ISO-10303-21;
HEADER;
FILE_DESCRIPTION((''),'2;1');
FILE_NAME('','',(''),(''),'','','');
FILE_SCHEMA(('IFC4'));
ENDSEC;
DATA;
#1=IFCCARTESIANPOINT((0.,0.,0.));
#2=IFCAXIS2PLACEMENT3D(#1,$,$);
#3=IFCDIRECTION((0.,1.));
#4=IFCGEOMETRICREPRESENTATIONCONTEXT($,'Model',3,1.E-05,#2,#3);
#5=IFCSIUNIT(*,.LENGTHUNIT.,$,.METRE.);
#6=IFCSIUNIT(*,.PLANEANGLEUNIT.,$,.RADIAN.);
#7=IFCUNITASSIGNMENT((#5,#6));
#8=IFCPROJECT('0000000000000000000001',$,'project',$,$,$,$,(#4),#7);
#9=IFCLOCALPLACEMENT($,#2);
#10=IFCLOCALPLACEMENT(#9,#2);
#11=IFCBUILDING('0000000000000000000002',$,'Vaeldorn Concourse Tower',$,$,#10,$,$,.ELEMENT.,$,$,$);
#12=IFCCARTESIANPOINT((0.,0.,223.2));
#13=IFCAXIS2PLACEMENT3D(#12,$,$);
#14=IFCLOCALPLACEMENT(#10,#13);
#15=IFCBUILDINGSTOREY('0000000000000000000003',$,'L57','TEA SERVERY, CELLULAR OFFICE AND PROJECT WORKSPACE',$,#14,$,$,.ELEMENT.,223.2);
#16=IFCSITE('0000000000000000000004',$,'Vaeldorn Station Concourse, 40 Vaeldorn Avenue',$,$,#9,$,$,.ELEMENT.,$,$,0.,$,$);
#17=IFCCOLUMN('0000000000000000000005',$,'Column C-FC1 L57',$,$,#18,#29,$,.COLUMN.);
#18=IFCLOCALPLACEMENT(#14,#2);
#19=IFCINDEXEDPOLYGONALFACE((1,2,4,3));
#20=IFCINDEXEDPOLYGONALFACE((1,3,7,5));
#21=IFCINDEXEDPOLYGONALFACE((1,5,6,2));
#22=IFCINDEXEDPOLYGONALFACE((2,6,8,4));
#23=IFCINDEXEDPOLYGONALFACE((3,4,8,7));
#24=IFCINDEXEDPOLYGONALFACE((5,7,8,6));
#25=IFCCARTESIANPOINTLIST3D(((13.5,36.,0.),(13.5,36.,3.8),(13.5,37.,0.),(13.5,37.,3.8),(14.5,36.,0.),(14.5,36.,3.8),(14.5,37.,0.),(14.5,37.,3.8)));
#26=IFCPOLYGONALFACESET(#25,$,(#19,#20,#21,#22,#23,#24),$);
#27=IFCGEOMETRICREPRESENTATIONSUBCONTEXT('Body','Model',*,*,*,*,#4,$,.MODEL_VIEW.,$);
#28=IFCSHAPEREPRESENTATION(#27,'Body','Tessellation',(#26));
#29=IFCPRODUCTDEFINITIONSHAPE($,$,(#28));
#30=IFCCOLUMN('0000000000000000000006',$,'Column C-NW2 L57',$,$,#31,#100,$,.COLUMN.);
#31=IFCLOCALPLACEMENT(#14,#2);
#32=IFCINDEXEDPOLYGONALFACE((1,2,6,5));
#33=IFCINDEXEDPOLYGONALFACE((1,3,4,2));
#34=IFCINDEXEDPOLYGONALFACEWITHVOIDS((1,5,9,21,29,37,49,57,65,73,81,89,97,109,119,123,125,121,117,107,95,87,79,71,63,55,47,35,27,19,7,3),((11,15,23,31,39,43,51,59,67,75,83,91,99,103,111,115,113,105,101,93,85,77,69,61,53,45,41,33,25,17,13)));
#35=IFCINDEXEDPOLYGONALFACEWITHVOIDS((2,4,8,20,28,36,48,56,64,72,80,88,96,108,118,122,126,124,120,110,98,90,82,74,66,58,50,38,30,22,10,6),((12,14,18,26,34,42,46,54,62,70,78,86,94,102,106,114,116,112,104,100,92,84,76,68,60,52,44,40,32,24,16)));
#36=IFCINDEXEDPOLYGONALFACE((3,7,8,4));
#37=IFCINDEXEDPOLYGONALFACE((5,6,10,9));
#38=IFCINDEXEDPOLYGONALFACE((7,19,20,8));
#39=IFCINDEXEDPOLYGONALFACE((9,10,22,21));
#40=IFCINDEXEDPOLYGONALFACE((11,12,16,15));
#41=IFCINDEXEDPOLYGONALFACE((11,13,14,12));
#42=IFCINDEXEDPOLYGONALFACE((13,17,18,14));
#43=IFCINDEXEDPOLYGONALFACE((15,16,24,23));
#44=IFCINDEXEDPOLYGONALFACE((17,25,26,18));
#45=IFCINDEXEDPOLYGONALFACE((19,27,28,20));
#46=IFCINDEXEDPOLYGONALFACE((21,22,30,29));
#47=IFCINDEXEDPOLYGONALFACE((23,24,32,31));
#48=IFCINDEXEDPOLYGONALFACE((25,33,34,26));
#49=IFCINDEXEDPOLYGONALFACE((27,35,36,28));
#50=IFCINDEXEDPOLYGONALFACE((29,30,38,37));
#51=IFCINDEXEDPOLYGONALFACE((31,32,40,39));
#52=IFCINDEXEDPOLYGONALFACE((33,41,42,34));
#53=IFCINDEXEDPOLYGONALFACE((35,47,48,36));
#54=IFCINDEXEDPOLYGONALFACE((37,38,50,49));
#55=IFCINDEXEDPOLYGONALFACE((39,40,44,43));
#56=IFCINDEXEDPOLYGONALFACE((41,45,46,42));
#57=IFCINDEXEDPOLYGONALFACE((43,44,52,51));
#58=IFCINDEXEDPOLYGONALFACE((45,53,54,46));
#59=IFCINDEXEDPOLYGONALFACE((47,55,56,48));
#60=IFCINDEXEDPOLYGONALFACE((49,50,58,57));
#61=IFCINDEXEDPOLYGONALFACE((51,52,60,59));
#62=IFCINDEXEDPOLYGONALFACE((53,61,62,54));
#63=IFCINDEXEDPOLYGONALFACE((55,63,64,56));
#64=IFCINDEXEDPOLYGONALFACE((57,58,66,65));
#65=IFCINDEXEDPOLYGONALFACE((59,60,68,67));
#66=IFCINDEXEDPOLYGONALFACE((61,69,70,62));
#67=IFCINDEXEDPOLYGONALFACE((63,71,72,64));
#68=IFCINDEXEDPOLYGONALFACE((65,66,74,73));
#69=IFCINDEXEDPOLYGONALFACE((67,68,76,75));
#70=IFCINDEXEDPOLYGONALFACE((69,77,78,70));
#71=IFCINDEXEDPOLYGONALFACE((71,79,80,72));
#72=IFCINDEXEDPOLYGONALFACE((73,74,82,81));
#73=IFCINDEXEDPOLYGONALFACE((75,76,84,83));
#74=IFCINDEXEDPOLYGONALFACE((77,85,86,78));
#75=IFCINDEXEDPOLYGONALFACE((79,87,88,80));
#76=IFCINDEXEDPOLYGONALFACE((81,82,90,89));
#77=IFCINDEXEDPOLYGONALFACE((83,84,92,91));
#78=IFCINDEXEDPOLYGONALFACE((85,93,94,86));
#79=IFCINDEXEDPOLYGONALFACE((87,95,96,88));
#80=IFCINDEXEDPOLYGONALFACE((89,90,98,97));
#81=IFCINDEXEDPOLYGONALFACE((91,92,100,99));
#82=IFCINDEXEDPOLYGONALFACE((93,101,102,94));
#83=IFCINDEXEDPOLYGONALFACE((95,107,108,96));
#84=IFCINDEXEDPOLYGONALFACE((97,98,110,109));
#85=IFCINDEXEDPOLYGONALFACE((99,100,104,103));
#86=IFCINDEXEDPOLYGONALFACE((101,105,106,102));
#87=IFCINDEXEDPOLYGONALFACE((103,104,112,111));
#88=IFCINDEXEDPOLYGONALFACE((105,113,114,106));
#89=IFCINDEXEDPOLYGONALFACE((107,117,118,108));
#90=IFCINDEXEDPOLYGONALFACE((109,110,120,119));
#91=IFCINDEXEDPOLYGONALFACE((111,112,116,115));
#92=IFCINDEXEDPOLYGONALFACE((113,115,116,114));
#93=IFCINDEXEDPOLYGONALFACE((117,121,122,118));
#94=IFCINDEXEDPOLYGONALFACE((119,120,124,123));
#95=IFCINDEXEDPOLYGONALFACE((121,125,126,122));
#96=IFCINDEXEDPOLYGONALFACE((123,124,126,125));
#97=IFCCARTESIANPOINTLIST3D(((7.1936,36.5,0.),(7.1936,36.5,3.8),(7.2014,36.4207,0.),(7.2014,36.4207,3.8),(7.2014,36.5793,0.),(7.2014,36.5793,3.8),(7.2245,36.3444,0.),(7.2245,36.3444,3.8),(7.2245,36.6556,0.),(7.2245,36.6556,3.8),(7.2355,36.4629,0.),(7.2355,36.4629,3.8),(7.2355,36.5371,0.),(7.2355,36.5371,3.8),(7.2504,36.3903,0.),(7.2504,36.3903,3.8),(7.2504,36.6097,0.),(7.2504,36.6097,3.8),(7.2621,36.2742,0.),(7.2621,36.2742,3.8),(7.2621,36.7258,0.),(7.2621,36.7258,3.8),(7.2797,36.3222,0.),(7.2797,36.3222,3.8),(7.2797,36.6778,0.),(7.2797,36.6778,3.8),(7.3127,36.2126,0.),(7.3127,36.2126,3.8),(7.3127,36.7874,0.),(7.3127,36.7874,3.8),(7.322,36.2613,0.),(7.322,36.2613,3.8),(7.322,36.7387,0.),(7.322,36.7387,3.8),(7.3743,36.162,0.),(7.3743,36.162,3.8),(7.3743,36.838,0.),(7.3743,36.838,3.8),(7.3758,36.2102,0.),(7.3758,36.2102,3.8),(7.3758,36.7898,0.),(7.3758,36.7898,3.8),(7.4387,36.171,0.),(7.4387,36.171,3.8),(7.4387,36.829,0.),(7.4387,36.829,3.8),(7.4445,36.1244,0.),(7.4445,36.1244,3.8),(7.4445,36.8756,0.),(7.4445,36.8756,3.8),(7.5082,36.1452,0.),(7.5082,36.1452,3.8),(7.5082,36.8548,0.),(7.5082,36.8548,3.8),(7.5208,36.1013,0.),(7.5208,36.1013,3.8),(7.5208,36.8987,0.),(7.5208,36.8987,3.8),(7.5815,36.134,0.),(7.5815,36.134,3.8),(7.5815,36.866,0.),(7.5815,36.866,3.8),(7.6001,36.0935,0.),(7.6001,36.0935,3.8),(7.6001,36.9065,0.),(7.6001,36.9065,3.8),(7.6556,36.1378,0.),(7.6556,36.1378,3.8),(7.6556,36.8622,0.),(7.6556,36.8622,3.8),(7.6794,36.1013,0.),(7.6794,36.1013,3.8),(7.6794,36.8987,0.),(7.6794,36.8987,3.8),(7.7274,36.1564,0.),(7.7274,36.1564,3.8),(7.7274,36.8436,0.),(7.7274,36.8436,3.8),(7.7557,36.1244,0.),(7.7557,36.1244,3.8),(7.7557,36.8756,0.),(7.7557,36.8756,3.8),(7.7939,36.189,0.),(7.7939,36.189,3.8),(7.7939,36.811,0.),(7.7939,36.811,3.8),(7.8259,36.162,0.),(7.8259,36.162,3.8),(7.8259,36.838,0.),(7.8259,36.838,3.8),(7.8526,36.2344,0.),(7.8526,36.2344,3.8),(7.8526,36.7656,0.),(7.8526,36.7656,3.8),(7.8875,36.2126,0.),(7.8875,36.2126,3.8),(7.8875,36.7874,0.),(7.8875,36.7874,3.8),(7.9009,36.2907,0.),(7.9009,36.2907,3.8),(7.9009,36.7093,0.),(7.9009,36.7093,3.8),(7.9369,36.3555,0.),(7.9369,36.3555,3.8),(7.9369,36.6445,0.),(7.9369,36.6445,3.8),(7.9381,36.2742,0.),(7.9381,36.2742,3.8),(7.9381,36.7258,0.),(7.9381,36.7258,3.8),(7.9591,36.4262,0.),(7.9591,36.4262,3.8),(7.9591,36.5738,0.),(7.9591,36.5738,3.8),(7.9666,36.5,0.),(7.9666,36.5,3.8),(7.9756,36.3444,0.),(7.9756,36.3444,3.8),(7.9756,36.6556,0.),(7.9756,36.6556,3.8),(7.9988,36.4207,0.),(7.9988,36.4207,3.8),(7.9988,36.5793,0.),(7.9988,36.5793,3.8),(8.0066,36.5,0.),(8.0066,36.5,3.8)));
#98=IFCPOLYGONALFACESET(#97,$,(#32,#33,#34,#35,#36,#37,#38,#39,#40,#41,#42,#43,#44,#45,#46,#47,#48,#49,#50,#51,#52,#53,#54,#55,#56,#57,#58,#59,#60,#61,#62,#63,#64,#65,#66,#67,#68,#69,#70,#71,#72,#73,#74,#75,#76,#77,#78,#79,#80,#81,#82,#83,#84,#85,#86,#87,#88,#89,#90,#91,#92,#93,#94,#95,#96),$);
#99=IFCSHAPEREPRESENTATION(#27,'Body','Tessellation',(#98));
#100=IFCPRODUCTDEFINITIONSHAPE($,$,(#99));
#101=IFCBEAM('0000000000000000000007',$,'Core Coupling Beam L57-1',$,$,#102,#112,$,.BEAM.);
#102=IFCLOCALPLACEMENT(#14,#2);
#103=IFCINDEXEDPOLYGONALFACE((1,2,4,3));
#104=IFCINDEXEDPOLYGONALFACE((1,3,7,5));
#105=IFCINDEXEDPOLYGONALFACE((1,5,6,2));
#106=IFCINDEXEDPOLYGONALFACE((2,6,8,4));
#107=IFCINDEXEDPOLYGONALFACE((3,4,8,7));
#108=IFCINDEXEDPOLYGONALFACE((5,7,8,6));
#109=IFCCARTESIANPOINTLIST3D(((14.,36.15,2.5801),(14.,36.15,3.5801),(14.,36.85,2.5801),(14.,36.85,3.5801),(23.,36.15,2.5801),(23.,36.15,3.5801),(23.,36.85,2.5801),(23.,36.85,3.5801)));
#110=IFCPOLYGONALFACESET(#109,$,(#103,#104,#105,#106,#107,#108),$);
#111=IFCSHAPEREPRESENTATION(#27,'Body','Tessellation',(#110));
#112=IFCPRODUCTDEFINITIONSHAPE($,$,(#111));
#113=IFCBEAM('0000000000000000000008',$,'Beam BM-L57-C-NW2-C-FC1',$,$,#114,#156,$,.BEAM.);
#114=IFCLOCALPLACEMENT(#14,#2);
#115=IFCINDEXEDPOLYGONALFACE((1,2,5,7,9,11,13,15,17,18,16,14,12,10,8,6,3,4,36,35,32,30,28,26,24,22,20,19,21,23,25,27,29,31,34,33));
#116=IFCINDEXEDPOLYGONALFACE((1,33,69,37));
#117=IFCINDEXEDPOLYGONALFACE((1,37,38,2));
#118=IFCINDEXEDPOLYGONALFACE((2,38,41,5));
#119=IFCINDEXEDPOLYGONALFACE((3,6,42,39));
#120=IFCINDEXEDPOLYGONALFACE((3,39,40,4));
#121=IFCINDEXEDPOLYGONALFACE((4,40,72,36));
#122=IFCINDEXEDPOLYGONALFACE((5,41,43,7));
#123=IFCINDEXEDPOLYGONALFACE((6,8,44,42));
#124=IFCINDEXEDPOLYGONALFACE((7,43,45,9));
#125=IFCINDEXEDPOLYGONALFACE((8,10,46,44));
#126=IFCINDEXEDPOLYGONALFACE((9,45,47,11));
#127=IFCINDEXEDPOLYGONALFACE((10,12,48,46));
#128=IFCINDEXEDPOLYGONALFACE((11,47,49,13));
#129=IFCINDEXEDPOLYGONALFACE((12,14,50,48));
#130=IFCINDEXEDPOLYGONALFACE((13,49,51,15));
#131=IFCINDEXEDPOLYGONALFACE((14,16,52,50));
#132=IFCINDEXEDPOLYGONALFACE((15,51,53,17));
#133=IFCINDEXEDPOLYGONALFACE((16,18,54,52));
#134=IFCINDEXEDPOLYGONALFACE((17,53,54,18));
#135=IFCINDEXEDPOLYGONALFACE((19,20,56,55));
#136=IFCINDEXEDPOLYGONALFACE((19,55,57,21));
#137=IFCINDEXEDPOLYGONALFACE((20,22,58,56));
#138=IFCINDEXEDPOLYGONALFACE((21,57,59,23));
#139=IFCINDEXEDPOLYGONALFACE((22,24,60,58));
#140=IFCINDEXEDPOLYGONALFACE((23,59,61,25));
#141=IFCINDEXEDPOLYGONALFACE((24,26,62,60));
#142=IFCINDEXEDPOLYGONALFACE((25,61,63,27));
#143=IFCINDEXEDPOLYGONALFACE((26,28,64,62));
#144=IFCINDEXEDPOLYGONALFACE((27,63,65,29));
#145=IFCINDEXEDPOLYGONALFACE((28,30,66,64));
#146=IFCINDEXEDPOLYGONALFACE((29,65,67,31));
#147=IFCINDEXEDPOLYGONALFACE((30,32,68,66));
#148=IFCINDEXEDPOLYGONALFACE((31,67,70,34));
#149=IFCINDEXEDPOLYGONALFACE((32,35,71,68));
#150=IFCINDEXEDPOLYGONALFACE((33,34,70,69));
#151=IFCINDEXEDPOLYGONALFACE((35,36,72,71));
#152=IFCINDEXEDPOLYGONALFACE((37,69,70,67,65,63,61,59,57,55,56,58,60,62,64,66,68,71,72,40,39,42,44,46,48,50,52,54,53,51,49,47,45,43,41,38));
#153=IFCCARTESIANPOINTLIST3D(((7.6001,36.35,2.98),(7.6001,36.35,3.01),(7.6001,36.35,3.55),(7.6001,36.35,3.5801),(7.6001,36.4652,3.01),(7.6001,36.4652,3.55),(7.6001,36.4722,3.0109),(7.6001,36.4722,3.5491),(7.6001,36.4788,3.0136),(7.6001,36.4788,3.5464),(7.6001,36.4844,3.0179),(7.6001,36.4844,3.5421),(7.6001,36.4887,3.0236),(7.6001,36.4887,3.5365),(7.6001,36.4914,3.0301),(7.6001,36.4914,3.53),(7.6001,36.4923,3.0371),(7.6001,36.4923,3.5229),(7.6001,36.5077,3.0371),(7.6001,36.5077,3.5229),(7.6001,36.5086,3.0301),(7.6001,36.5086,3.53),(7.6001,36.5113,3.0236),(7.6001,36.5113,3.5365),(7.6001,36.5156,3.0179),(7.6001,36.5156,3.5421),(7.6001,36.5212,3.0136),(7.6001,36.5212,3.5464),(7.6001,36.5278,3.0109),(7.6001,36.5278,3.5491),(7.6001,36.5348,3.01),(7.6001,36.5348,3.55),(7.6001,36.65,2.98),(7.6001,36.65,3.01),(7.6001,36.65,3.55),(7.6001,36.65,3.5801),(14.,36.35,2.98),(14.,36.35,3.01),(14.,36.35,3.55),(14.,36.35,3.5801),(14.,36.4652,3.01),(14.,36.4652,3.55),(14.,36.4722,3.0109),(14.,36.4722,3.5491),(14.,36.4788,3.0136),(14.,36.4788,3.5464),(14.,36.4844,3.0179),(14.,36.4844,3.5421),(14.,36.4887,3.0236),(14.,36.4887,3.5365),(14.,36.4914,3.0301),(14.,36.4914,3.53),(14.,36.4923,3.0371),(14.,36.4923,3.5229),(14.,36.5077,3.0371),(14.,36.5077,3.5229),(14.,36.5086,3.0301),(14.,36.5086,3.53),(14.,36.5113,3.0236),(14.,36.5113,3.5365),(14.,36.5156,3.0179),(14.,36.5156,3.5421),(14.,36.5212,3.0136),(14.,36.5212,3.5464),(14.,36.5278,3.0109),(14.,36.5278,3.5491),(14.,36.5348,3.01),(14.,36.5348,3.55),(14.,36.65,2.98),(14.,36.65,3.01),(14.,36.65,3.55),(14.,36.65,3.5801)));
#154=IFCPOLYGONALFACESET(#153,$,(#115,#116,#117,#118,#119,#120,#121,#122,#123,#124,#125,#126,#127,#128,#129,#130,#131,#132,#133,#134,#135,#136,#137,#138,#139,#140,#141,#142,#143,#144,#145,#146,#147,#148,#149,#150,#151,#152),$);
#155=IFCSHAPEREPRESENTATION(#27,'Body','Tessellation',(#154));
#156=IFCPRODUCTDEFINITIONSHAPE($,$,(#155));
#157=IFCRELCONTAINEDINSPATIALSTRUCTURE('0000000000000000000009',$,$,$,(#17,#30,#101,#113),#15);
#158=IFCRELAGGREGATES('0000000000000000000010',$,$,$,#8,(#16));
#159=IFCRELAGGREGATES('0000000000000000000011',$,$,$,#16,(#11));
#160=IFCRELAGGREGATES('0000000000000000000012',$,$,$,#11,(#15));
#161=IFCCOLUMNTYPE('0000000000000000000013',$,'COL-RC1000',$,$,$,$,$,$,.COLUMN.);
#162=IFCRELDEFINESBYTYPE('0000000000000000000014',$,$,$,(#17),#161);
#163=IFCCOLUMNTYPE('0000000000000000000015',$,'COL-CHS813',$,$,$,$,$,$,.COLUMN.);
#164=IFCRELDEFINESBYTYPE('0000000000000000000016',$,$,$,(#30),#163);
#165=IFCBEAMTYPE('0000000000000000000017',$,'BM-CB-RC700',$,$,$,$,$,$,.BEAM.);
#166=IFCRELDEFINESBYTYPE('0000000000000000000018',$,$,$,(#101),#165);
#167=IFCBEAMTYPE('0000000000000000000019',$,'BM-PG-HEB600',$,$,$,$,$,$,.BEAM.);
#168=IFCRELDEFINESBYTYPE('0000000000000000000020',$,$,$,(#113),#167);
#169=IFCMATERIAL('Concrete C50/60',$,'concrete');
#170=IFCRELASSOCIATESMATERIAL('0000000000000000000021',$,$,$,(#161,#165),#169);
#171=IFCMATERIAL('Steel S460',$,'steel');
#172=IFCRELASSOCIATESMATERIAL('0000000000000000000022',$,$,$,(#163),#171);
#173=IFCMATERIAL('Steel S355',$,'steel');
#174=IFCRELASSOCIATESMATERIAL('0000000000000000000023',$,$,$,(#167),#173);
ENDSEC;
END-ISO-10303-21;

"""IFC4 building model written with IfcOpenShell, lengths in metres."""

from ifc_helpers import new_model, si_unit, direction, frame, origin, origin_2d, place, context, subcontext, project, spatial, rectangle, hollow_circle, i_section, extrude, source, transform, mapped, material, material_profile, profile_set, type_object, element, save


model = new_model("IFC4")

# Units and contexts
model_context = context("Model", 3, precision=1e-05, world=origin(), true_north=direction((0.0, 1.0)))
body_context = subcontext(model_context, "Body", "Model", "MODEL_VIEW")
ifc_project = project(units=[si_unit("LENGTHUNIT", "METRE"), si_unit("PLANEANGLEUNIT", "RADIAN")], contexts=[model_context])

# Site, building, storey
site_placement = place(None, origin())
site = spatial("IfcSite", under=ifc_project, at=site_placement, Name="Vaeldorn Station Concourse, 40 Vaeldorn Avenue", CompositionType="ELEMENT", RefElevation=0.0)
building_placement = place(site_placement, origin())
building = spatial("IfcBuilding", under=site, at=building_placement, Name="Vaeldorn Concourse Tower", CompositionType="ELEMENT")
storey_placement = place(building_placement, frame((0.0, 0.0, 223.2)))
storey = spatial("IfcBuildingStorey", under=building, at=storey_placement, Name="L57", Description="TEA SERVERY, CELLULAR OFFICE AND PROJECT WORKSPACE", CompositionType="ELEMENT", Elevation=223.2)

# Columns
ifc_material_1 = material(Name="Concrete C50/60", Category="concrete")
ifc_material_profile_1 = material_profile(ifc_material_1, rectangle(XDim=1.0, YDim=1.0, at=origin_2d()), Name="RC 1000x1000")
ifc_profile_set_1 = profile_set([ifc_material_profile_1], Name="Concrete C50/60")
column_type_1 = type_object("IfcColumnType", Name="COL-RC1000", PredefinedType="COLUMN", material=ifc_profile_set_1)
shared_shape_1 = source(origin(), body_context, "Body", "SweptSolid", [
    extrude(rectangle(XDim=1.0, YDim=1.0, at=origin_2d()), origin(), (0.0, 0.0, 1.0), 3.8),
])
column_1_placement = place(storey_placement, frame((14.0, 36.5, 0.0), z_axis=(0.0, 0.0, 1.0), x_axis=(1.0, 0.0, 0.0)))
element("IfcColumn", 1, at=column_1_placement, inside=storey, type_object=column_type_1, Name="Column C-FC1 L57", PredefinedType="COLUMN", context=body_context, shape_type="MappedRepresentation", body=[
    mapped(shared_shape_1, transform((0.0, 0.0, 0.0), scale=1.0)),
])
ifc_material_2 = material(Name="Steel S460", Category="steel")
ifc_material_profile_2 = material_profile(ifc_material_2, hollow_circle(Radius=0.4065, WallThickness=0.04, at=origin_2d()), Name="CHS 813x40")
ifc_profile_set_2 = profile_set([ifc_material_profile_2], Name="Steel S460")
column_type_2 = type_object("IfcColumnType", Name="COL-CHS813", PredefinedType="COLUMN", material=ifc_profile_set_2)
shared_shape_2 = source(origin(), body_context, "Body", "SweptSolid", [
    extrude(hollow_circle(Radius=0.4065, WallThickness=0.04, at=origin_2d()), origin(), (0.0, 0.0, 1.0), 3.8),
])
column_2_placement = place(storey_placement, frame((7.6001, 36.5, 0.0), z_axis=(0.0, 0.0, 1.0), x_axis=(1.0, 0.0, 0.0)))
element("IfcColumn", 2, at=column_2_placement, inside=storey, type_object=column_type_2, Name="Column C-NW2 L57", PredefinedType="COLUMN", context=body_context, shape_type="MappedRepresentation", body=[
    mapped(shared_shape_2, transform((0.0, 0.0, 0.0), scale=1.0)),
])

# Beams
ifc_material_profile_3 = material_profile(ifc_material_1, rectangle(XDim=0.7, YDim=1.0, at=origin_2d()), Name="RC 700x1000")
ifc_profile_set_3 = profile_set([ifc_material_profile_3], Name="Concrete C50/60")
beam_type_1 = type_object("IfcBeamType", Name="BM-CB-RC700", PredefinedType="BEAM", material=ifc_profile_set_3)
shared_shape_3 = source(origin(), body_context, "Body", "SweptSolid", [
    extrude(rectangle(XDim=0.7, YDim=1.0, at=origin_2d()), origin(), (0.0, 0.0, 1.0), 9.0),
])
beam_1_placement = place(storey_placement, frame((14.0, 36.5, 3.0801), z_axis=(1.0, 0.0, 0.0), x_axis=(0.0, 1.0, 0.0)))
element("IfcBeam", 3, at=beam_1_placement, inside=storey, type_object=beam_type_1, Name="Core Coupling Beam L57-1", PredefinedType="BEAM", context=body_context, shape_type="MappedRepresentation", body=[
    mapped(shared_shape_3, transform((0.0, 0.0, 0.0), scale=1.0)),
])
ifc_material_3 = material(Name="Steel S355", Category="steel")
ifc_material_profile_4 = material_profile(ifc_material_3, i_section(OverallWidth=0.3, OverallDepth=0.6001, WebThickness=0.0154, FlangeThickness=0.03, FilletRadius=0.0271, at=origin_2d()), Name="HEB 600")
ifc_profile_set_4 = profile_set([ifc_material_profile_4], Name="Steel S355")
beam_type_2 = type_object("IfcBeamType", Name="BM-PG-HEB600", PredefinedType="BEAM", material=ifc_profile_set_4)
shared_shape_4 = source(origin(), body_context, "Body", "SweptSolid", [
    extrude(i_section(OverallWidth=0.3, OverallDepth=0.6001, WebThickness=0.0154, FlangeThickness=0.03, FilletRadius=0.0271, at=origin_2d()), origin(), (0.0, 0.0, 1.0), 6.3999),
])
beam_2_placement = place(storey_placement, frame((7.6001, 36.5, 3.28), z_axis=(1.0, 0.0, 0.0), x_axis=(0.0, 1.0, 0.0)))
element("IfcBeam", 4, at=beam_2_placement, inside=storey, type_object=beam_type_2, Name="Beam BM-L57-C-NW2-C-FC1", PredefinedType="BEAM", context=body_context, shape_type="MappedRepresentation", body=[
    mapped(shared_shape_4, transform((0.0, 0.0, 0.0), scale=1.0)),
])

save(model, "model.ifc")
